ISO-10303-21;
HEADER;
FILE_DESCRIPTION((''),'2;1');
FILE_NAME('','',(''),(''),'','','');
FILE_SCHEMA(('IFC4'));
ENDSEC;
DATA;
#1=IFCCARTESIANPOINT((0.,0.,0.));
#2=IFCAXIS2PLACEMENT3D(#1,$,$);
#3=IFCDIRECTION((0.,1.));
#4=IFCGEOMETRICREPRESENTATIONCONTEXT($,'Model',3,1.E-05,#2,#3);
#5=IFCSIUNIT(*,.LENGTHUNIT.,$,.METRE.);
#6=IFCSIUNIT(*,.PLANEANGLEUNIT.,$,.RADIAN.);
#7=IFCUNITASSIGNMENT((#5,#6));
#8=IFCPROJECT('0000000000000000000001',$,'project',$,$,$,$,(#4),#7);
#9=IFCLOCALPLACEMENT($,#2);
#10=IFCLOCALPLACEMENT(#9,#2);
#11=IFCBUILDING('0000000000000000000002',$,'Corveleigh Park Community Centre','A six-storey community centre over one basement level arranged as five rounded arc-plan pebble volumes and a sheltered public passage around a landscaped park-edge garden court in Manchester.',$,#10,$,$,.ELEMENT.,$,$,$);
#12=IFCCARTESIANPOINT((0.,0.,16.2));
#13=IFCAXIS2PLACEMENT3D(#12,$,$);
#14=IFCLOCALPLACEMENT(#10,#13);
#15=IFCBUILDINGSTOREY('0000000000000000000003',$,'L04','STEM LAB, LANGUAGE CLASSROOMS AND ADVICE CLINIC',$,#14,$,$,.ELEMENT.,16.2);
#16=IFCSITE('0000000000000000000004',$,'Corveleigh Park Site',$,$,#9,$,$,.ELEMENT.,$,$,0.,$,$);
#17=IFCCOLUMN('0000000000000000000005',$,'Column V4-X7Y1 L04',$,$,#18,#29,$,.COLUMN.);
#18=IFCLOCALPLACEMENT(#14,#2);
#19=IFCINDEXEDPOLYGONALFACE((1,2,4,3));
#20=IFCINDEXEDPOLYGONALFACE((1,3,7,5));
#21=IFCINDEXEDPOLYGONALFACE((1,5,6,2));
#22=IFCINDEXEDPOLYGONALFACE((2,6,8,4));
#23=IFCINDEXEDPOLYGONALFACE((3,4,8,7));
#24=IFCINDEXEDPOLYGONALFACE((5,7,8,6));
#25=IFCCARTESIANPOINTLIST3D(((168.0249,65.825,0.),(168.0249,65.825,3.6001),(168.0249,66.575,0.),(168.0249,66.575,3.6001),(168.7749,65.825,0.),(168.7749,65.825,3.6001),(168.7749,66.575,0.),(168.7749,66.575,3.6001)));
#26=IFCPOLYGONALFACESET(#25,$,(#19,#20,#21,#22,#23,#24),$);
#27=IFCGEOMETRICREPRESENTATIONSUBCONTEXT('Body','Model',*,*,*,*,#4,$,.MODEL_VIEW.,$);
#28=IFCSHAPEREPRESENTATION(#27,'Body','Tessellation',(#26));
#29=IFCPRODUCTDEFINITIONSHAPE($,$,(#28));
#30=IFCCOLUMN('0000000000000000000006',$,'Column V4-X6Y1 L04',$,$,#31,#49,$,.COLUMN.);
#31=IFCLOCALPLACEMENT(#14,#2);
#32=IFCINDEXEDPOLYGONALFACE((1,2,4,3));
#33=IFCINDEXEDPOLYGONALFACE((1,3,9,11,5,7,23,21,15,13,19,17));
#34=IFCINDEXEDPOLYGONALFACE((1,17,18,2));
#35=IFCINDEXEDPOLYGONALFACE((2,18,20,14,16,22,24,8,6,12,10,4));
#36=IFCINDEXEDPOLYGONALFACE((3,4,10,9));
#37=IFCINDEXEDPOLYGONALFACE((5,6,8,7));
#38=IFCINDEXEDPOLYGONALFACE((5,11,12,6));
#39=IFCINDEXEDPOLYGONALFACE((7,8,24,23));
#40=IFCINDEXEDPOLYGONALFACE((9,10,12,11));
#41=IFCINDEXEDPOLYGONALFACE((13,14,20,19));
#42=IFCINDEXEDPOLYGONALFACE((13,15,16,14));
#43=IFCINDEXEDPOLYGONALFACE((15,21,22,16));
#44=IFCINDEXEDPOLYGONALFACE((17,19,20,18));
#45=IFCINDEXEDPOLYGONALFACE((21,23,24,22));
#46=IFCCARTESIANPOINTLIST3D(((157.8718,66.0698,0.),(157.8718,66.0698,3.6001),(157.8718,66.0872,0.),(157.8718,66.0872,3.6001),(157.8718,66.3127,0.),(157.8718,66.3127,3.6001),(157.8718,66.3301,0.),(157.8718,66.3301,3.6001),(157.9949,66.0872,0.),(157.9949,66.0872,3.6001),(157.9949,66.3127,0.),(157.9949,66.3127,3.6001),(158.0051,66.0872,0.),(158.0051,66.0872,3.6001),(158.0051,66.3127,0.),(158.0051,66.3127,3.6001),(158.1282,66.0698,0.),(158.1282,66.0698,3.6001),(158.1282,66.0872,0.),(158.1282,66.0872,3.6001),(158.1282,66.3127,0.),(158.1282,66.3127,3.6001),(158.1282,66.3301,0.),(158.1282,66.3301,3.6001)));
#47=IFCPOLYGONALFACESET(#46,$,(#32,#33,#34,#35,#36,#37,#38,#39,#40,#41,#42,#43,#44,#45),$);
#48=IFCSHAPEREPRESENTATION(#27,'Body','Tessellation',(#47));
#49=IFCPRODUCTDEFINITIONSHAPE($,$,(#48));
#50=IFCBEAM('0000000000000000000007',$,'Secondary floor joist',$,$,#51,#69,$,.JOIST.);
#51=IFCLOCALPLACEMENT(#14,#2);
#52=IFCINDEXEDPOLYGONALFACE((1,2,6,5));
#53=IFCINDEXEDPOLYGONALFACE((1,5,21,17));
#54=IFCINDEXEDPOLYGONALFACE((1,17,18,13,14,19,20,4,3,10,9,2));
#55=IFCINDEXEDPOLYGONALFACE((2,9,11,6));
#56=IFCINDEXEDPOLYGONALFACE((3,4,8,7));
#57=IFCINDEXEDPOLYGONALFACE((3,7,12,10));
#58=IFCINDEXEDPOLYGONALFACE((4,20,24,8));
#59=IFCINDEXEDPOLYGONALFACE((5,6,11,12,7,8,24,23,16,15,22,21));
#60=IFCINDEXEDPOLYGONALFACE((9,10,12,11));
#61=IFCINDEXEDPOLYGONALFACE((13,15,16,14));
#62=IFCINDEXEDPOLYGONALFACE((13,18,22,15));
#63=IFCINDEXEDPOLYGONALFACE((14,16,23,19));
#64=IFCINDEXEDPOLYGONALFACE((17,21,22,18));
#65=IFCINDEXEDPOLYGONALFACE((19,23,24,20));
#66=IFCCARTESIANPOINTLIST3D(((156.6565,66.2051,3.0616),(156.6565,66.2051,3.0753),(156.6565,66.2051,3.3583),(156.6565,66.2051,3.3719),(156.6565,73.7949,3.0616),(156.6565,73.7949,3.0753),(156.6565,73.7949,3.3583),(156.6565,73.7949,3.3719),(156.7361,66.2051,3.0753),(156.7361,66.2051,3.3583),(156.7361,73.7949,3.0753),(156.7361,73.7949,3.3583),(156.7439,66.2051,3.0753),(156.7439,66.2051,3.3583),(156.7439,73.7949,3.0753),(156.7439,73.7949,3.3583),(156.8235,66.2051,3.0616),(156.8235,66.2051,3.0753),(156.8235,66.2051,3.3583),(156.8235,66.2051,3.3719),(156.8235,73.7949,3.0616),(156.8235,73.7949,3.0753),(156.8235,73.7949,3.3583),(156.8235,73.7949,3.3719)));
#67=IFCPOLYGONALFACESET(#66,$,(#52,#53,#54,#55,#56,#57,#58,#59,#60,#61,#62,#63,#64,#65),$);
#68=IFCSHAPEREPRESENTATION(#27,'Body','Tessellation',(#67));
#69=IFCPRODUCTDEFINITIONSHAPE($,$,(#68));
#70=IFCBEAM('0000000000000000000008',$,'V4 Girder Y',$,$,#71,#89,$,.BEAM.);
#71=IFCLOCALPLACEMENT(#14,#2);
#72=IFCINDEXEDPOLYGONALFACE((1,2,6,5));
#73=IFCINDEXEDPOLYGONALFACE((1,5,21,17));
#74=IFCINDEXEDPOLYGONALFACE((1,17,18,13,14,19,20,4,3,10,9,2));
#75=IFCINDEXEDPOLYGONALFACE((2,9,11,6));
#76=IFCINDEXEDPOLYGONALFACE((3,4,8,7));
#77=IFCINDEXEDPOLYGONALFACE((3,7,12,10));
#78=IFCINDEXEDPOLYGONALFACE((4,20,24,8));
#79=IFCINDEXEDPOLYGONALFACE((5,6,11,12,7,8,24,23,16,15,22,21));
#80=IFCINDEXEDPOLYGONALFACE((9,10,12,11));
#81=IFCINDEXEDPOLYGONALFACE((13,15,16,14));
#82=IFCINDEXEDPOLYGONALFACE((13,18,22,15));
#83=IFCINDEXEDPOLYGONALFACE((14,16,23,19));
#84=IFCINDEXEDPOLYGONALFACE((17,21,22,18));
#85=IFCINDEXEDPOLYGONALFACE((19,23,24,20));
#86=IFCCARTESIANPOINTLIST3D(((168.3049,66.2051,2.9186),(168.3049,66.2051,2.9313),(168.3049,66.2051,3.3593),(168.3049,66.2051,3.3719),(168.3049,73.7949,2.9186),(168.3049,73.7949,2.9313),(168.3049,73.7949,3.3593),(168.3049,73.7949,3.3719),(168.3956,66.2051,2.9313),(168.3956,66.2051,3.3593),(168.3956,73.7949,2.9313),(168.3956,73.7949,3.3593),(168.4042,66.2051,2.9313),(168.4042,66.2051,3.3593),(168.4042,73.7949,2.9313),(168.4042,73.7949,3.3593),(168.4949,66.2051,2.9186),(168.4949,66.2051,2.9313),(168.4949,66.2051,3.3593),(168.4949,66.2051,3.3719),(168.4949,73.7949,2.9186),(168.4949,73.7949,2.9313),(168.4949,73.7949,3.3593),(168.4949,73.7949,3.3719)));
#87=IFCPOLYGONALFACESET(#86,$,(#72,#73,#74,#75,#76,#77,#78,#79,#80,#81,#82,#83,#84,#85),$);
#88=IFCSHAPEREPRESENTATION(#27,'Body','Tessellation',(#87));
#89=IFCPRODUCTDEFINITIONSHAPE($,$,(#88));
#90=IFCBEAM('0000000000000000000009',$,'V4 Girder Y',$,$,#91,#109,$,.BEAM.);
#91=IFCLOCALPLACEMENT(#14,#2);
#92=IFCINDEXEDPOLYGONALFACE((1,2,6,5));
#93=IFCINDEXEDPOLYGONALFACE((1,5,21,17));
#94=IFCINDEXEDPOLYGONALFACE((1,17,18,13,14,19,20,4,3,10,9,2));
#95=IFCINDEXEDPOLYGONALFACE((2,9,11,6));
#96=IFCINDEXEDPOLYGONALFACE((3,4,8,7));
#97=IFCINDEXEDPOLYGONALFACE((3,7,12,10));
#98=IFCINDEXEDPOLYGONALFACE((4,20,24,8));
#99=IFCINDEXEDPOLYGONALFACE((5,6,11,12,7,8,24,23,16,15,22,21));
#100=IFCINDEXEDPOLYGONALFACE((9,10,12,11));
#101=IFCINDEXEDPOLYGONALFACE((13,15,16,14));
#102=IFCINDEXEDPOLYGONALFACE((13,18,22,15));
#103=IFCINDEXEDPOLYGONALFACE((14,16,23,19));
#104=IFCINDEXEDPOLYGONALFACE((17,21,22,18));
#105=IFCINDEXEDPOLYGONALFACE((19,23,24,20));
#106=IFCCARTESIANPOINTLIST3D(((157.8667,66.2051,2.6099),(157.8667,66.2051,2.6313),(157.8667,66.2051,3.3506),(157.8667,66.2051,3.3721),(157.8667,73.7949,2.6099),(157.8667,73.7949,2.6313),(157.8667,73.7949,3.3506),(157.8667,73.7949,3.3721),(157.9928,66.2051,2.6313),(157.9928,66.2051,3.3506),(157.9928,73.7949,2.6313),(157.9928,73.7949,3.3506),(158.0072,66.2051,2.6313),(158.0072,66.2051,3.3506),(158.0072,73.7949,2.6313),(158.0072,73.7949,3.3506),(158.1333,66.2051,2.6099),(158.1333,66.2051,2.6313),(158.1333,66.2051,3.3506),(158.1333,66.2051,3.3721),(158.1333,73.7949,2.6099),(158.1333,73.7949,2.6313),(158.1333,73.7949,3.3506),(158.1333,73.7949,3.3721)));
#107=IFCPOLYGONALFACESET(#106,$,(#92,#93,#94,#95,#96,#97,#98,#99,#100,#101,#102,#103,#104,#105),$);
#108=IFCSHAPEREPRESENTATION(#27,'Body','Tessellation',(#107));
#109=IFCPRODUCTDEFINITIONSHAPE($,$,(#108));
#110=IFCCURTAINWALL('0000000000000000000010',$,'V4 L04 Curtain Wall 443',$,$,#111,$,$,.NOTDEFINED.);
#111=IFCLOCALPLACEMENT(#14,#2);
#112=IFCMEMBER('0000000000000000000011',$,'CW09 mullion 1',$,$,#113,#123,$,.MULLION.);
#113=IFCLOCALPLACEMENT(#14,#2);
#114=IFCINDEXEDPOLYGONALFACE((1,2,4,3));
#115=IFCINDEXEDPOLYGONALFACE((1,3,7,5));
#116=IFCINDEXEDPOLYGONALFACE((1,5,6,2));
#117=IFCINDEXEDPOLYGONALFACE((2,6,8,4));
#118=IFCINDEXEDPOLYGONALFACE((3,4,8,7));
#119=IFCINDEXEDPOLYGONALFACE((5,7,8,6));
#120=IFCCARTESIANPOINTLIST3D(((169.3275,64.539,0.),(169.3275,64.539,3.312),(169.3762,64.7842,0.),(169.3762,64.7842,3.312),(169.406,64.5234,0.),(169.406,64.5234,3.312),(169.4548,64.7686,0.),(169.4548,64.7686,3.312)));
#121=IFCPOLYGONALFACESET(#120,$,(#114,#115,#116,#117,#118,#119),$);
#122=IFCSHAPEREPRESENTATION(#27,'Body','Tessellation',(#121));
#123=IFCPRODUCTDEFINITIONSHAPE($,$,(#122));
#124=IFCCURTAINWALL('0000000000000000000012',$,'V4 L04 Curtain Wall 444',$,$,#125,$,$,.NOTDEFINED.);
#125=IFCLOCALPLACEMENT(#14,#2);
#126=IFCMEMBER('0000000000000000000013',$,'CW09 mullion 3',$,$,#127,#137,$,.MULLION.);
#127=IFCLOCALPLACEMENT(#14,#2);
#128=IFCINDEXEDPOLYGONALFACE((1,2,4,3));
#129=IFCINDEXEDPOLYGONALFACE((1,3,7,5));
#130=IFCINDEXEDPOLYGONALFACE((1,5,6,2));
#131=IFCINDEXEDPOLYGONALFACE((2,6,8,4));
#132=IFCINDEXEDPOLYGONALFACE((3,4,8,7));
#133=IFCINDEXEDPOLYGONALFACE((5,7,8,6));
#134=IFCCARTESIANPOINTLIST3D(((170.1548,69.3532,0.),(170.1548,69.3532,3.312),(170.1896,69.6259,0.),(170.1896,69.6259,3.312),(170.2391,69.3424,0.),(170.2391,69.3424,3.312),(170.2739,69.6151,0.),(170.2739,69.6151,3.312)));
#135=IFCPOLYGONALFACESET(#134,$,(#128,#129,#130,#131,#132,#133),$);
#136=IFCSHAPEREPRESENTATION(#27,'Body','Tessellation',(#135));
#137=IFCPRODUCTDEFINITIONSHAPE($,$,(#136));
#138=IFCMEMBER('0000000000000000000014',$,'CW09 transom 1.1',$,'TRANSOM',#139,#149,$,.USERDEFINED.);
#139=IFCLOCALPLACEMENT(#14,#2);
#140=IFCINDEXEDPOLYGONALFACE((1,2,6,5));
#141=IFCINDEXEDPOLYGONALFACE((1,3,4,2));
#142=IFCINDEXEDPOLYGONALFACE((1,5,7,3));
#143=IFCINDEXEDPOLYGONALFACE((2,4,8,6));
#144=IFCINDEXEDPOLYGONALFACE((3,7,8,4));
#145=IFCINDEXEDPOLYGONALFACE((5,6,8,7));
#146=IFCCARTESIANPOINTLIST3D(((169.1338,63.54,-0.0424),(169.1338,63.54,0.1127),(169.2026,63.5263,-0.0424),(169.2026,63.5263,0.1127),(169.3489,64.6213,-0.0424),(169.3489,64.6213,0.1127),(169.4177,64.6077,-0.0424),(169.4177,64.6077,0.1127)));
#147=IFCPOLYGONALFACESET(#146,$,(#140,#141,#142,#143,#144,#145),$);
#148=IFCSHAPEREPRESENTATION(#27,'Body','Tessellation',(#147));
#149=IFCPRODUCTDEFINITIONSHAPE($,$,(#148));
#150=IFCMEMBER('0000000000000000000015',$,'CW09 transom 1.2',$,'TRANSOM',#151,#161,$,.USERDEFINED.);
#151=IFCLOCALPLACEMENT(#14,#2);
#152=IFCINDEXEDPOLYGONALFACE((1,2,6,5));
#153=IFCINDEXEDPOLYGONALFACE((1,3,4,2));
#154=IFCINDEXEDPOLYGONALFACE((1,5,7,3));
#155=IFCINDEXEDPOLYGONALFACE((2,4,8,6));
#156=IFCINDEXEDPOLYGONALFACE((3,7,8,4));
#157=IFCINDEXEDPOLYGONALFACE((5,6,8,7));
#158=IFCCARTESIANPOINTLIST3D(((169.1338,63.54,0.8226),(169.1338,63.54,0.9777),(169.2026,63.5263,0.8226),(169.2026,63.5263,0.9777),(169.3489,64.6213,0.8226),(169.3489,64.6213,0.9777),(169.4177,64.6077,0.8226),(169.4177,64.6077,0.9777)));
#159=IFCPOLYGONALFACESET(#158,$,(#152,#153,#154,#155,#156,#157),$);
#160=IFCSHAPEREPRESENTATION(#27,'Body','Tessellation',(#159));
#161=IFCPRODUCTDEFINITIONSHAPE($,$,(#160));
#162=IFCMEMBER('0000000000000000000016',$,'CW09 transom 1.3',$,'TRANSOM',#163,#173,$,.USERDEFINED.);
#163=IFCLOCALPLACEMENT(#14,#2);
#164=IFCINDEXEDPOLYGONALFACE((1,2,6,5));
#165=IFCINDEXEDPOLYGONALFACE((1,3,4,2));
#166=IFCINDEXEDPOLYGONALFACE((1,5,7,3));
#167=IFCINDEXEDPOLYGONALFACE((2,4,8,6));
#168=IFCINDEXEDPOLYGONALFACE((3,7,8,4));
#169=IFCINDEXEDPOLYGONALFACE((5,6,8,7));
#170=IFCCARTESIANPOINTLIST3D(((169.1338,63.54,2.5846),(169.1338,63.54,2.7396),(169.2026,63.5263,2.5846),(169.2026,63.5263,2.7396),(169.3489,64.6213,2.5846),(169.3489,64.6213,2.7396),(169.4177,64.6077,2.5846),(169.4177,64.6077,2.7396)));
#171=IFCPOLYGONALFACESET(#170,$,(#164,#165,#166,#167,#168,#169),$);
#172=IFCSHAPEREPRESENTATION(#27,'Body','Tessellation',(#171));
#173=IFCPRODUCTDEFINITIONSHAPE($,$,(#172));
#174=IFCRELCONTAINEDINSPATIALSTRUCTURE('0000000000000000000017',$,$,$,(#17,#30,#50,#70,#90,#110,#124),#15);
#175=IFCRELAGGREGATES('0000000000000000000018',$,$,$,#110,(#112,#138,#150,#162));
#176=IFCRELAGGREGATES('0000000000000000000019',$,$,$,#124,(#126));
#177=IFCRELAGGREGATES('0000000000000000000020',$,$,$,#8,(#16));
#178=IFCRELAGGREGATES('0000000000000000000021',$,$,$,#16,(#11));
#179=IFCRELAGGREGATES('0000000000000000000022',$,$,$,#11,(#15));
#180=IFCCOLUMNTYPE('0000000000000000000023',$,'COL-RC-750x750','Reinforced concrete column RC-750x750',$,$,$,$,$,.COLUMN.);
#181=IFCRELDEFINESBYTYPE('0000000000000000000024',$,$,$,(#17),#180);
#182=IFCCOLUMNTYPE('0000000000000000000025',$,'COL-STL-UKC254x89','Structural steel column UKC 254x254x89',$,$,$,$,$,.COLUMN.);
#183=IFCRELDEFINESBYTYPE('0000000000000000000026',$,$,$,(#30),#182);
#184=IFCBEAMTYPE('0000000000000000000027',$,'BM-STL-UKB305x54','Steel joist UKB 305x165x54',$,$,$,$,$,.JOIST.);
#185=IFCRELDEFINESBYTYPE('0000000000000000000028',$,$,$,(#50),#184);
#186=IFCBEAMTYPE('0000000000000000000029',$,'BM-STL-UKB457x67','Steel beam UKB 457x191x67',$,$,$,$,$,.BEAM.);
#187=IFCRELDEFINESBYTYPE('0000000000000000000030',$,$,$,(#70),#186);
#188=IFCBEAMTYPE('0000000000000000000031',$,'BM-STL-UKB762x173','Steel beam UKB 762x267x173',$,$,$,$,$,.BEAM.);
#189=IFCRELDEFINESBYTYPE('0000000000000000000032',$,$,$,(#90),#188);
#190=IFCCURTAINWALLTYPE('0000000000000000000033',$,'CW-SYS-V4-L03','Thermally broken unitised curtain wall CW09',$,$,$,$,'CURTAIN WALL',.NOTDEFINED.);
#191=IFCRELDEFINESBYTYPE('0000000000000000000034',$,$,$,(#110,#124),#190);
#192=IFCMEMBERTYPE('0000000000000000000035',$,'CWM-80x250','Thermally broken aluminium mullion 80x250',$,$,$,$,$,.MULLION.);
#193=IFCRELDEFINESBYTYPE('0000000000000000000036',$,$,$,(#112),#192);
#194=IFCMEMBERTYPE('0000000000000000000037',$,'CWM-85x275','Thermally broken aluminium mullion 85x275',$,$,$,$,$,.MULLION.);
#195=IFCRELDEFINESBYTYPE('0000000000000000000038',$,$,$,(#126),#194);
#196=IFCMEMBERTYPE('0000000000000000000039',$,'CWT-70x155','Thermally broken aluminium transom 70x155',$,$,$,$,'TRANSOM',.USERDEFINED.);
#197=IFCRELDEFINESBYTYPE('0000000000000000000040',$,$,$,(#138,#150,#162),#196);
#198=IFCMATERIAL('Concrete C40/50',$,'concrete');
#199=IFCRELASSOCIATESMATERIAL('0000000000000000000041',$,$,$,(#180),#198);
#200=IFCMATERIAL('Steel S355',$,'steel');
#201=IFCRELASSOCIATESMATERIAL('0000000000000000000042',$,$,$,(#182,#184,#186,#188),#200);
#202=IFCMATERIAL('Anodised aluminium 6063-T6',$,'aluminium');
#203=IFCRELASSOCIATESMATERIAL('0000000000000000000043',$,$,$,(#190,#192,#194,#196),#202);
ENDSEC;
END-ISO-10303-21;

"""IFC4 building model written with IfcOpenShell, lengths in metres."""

from ifc_helpers import new_model, si_unit, direction, frame, origin, origin_2d, place, context, subcontext, project, spatial, rectangle, i_section, extrude, material, material_profile, profile_set, type_object, element, aggregate, save


model = new_model("IFC4")

# Units and contexts
model_context = context("Model", 3, precision=1e-05, world=origin(), true_north=direction((0.0, 1.0)))
body_context = subcontext(model_context, "Body", "Model", "MODEL_VIEW")
ifc_project = project(units=[si_unit("LENGTHUNIT", "METRE"), si_unit("PLANEANGLEUNIT", "RADIAN")], contexts=[model_context])

# Site, building, storey
site_placement = place(None, origin())
site = spatial("IfcSite", under=ifc_project, at=site_placement, Name="Corveleigh Park Site", CompositionType="ELEMENT", RefElevation=0.0)
building_placement = place(site_placement, origin())
building = spatial("IfcBuilding", under=site, at=building_placement, Name="Corveleigh Park Community Centre", Description="A six-storey community centre over one basement level arranged as five rounded arc-plan pebble volumes and a sheltered public passage around a landscaped park-edge garden court in Manchester.", CompositionType="ELEMENT")
storey_placement = place(building_placement, frame((0.0, 0.0, 16.2)))
storey = spatial("IfcBuildingStorey", under=building, at=storey_placement, Name="L04", Description="STEM LAB, LANGUAGE CLASSROOMS AND ADVICE CLINIC", CompositionType="ELEMENT", Elevation=16.2)

# Columns
ifc_material_1 = material(Name="Concrete C40/50", Category="concrete")
ifc_material_profile_1 = material_profile(ifc_material_1, rectangle(XDim=0.75, YDim=0.75, at=origin_2d()), Name="RC-750x750", Category="concrete")
ifc_profile_set_1 = profile_set([ifc_material_profile_1], Name="Concrete C40/50")
column_type_1 = type_object("IfcColumnType", Name="COL-RC-750x750", Description="Reinforced concrete column RC-750x750", PredefinedType="COLUMN", material=ifc_profile_set_1)
column_1_placement = place(storey_placement, frame((168.3999, 66.2, 0.0), z_axis=(0.0, 0.0, 1.0), x_axis=(1.0, 0.0, 0.0)))
element("IfcColumn", 1, at=column_1_placement, inside=storey, type_object=column_type_1, Name="Column V4-X7Y1 L04", PredefinedType="COLUMN", context=body_context, shape_type="SweptSolid", body=[
    extrude(rectangle(XDim=0.75, YDim=0.75, at=origin_2d()), origin(), (0.0, 0.0, 1.0), 3.6001),
])
ifc_material_2 = material(Name="Steel S355", Category="steel")
ifc_material_profile_2 = material_profile(ifc_material_2, i_section(OverallWidth=0.2563, OverallDepth=0.2603, WebThickness=0.0103, FlangeThickness=0.0173, at=origin_2d()), Name="UKC 254x254x89", Category="steel")
ifc_profile_set_2 = profile_set([ifc_material_profile_2], Name="Steel S355")
column_type_2 = type_object("IfcColumnType", Name="COL-STL-UKC254x89", Description="Structural steel column UKC 254x254x89", PredefinedType="COLUMN", material=ifc_profile_set_2)
column_2_placement = place(storey_placement, frame((158.0, 66.2, 0.0), z_axis=(0.0, 0.0, 1.0), x_axis=(1.0, 0.0, 0.0)))
element("IfcColumn", 2, at=column_2_placement, inside=storey, type_object=column_type_2, Name="Column V4-X6Y1 L04", PredefinedType="COLUMN", context=body_context, shape_type="SweptSolid", body=[
    extrude(i_section(OverallWidth=0.2563, OverallDepth=0.2603, WebThickness=0.0103, FlangeThickness=0.0173, at=origin_2d()), origin(), (0.0, 0.0, 1.0), 3.6001),
])

# Beams
ifc_material_profile_3 = material_profile(ifc_material_2, i_section(OverallWidth=0.167, OverallDepth=0.3103, WebThickness=0.0078, FlangeThickness=0.0137, at=origin_2d()), Name="UKB 305x165x54", Category="steel")
ifc_profile_set_3 = profile_set([ifc_material_profile_3], Name="Steel S355")
beam_type_1 = type_object("IfcBeamType", Name="BM-STL-UKB305x54", Description="Steel joist UKB 305x165x54", PredefinedType="JOIST", material=ifc_profile_set_3)
beam_1_placement = place(storey_placement, frame((156.74, 66.2051, 3.2168), z_axis=(0.0, 1.0, 0.0), x_axis=(-1.0, 0.0, 0.0)))
element("IfcBeam", 3, at=beam_1_placement, inside=storey, type_object=beam_type_1, Name="Secondary floor joist", PredefinedType="JOIST", context=body_context, shape_type="SweptSolid", body=[
    extrude(i_section(OverallWidth=0.167, OverallDepth=0.3103, WebThickness=0.0078, FlangeThickness=0.0137, at=origin_2d()), origin(), (0.0, 0.0, 1.0), 7.5898),
])
ifc_material_profile_4 = material_profile(ifc_material_2, i_section(OverallWidth=0.1899, OverallDepth=0.4534, WebThickness=0.0085, FlangeThickness=0.0127, at=origin_2d()), Name="UKB 457x191x67", Category="steel")
ifc_profile_set_4 = profile_set([ifc_material_profile_4], Name="Steel S355")
beam_type_2 = type_object("IfcBeamType", Name="BM-STL-UKB457x67", Description="Steel beam UKB 457x191x67", PredefinedType="BEAM", material=ifc_profile_set_4)
beam_2_placement = place(storey_placement, frame((168.3999, 66.2051, 3.1453), z_axis=(0.0, 1.0, 0.0), x_axis=(-1.0, 0.0, 0.0)))
element("IfcBeam", 4, at=beam_2_placement, inside=storey, type_object=beam_type_2, Name="V4 Girder Y", PredefinedType="BEAM", context=body_context, shape_type="SweptSolid", body=[
    extrude(i_section(OverallWidth=0.1899, OverallDepth=0.4534, WebThickness=0.0085, FlangeThickness=0.0127, at=origin_2d()), origin(), (0.0, 0.0, 1.0), 7.5898),
])
ifc_material_profile_5 = material_profile(ifc_material_2, i_section(OverallWidth=0.2666, OverallDepth=0.7622, WebThickness=0.0144, FlangeThickness=0.0215, at=origin_2d()), Name="UKB 762x267x173", Category="steel")
ifc_profile_set_5 = profile_set([ifc_material_profile_5], Name="Steel S355")
beam_type_3 = type_object("IfcBeamType", Name="BM-STL-UKB762x173", Description="Steel beam UKB 762x267x173", PredefinedType="BEAM", material=ifc_profile_set_5)
beam_3_placement = place(storey_placement, frame((158.0, 66.2051, 2.991), z_axis=(0.0, 1.0, 0.0), x_axis=(-1.0, 0.0, 0.0)))
element("IfcBeam", 5, at=beam_3_placement, inside=storey, type_object=beam_type_3, Name="V4 Girder Y", PredefinedType="BEAM", context=body_context, shape_type="SweptSolid", body=[
    extrude(i_section(OverallWidth=0.2666, OverallDepth=0.7622, WebThickness=0.0144, FlangeThickness=0.0215, at=origin_2d()), origin(), (0.0, 0.0, 1.0), 7.5898),
])

# Curtain walls, members
ifc_material_3 = material(Name="Anodised aluminium 6063-T6", Category="aluminium")
curtain_wall_type = type_object("IfcCurtainWallType", Name="CW-SYS-V4-L03", Description="Thermally broken unitised curtain wall CW09", ElementType="CURTAIN WALL", PredefinedType="NOTDEFINED", material=ifc_material_3)
curtain_wall_1_placement = place(storey_placement, origin())
curtain_wall_1 = element("IfcCurtainWall", 6, at=curtain_wall_1_placement, inside=storey, type_object=curtain_wall_type, Name="V4 L04 Curtain Wall 443", PredefinedType="NOTDEFINED")
ifc_material_profile_6 = material_profile(ifc_material_3, rectangle(XDim=0.0801, YDim=0.25, at=origin_2d()), Name="ALU-M80x250", Category="aluminium")
ifc_profile_set_6 = profile_set([ifc_material_profile_6], Name="Anodised aluminium 6063-T6")
member_type_1 = type_object("IfcMemberType", Name="CWM-80x250", Description="Thermally broken aluminium mullion 80x250", PredefinedType="MULLION", material=ifc_profile_set_6)
member_1_placement = place(storey_placement, frame((169.3911, 64.6538, 0.0), z_axis=(0.0, 0.0, 1.0), x_axis=(0.980785, -0.195094, 0.0)))
member_1 = element("IfcMember", 7, at=member_1_placement, type_object=member_type_1, Name="CW09 mullion 1", PredefinedType="MULLION", context=body_context, shape_type="SweptSolid", body=[
    extrude(rectangle(XDim=0.0801, YDim=0.25, at=origin_2d()), origin(), (0.0, 0.0, 1.0), 3.312),
])
curtain_wall_2_placement = place(storey_placement, origin())
curtain_wall_2 = element("IfcCurtainWall", 8, at=curtain_wall_2_placement, inside=storey, type_object=curtain_wall_type, Name="V4 L04 Curtain Wall 444", PredefinedType="NOTDEFINED")
ifc_material_profile_7 = material_profile(ifc_material_3, rectangle(XDim=0.085, YDim=0.2749, at=origin_2d()), Name="ALU-M85x275", Category="aluminium")
ifc_profile_set_7 = profile_set([ifc_material_profile_7], Name="Anodised aluminium 6063-T6")
member_type_2 = type_object("IfcMemberType", Name="CWM-85x275", Description="Thermally broken aluminium mullion 85x275", PredefinedType="MULLION", material=ifc_profile_set_7)
member_2_placement = place(storey_placement, frame((170.2144, 69.4841, 0.0), z_axis=(0.0, 0.0, 1.0), x_axis=(0.991939, -0.12672, 0.0)))
member_2 = element("IfcMember", 9, at=member_2_placement, type_object=member_type_2, Name="CW09 mullion 3", PredefinedType="MULLION", context=body_context, shape_type="SweptSolid", body=[
    extrude(rectangle(XDim=0.085, YDim=0.2749, at=origin_2d()), origin(), (0.0, 0.0, 1.0), 3.312),
])

# Members
ifc_material_profile_8 = material_profile(ifc_material_3, rectangle(XDim=0.0701, YDim=0.155, at=origin_2d()), Name="ALU-T70x155", Category="aluminium")
ifc_profile_set_8 = profile_set([ifc_material_profile_8], Name="Anodised aluminium 6063-T6")
member_type_3 = type_object("IfcMemberType", Name="CWT-70x155", Description="Thermally broken aluminium transom 70x155", ElementType="TRANSOM", PredefinedType="USERDEFINED", material=ifc_profile_set_8)
member_3_placement = place(storey_placement, frame((169.3833, 64.6145, 0.0352), z_axis=(-0.195094, -0.980785, 0.0), x_axis=(0.980785, -0.195094, 0.0)))
member_3 = element("IfcMember", 10, at=member_3_placement, type_object=member_type_3, Name="CW09 transom 1.1", ObjectType="TRANSOM", PredefinedType="USERDEFINED", context=body_context, shape_type="SweptSolid", body=[
    extrude(rectangle(XDim=0.0701, YDim=0.155, at=origin_2d()), origin(), (0.0, 0.0, 1.0), 1.1025),
])
member_4_placement = place(storey_placement, frame((169.3833, 64.6145, 0.9001), z_axis=(-0.195094, -0.980785, 0.0), x_axis=(0.980785, -0.195094, 0.0)))
member_4 = element("IfcMember", 11, at=member_4_placement, type_object=member_type_3, Name="CW09 transom 1.2", ObjectType="TRANSOM", PredefinedType="USERDEFINED", context=body_context, shape_type="SweptSolid", body=[
    extrude(rectangle(XDim=0.0701, YDim=0.155, at=origin_2d()), origin(), (0.0, 0.0, 1.0), 1.1025),
])
member_5_placement = place(storey_placement, frame((169.3833, 64.6145, 2.6621), z_axis=(-0.195094, -0.980785, 0.0), x_axis=(0.980785, -0.195094, 0.0)))
member_5 = element("IfcMember", 12, at=member_5_placement, type_object=member_type_3, Name="CW09 transom 1.3", ObjectType="TRANSOM", PredefinedType="USERDEFINED", context=body_context, shape_type="SweptSolid", body=[
    extrude(rectangle(XDim=0.0701, YDim=0.155, at=origin_2d()), origin(), (0.0, 0.0, 1.0), 1.1025),
])

aggregate(curtain_wall_1, [member_1, member_3, member_4, member_5])
aggregate(curtain_wall_2, [member_2])

save(model, "model.ifc")
